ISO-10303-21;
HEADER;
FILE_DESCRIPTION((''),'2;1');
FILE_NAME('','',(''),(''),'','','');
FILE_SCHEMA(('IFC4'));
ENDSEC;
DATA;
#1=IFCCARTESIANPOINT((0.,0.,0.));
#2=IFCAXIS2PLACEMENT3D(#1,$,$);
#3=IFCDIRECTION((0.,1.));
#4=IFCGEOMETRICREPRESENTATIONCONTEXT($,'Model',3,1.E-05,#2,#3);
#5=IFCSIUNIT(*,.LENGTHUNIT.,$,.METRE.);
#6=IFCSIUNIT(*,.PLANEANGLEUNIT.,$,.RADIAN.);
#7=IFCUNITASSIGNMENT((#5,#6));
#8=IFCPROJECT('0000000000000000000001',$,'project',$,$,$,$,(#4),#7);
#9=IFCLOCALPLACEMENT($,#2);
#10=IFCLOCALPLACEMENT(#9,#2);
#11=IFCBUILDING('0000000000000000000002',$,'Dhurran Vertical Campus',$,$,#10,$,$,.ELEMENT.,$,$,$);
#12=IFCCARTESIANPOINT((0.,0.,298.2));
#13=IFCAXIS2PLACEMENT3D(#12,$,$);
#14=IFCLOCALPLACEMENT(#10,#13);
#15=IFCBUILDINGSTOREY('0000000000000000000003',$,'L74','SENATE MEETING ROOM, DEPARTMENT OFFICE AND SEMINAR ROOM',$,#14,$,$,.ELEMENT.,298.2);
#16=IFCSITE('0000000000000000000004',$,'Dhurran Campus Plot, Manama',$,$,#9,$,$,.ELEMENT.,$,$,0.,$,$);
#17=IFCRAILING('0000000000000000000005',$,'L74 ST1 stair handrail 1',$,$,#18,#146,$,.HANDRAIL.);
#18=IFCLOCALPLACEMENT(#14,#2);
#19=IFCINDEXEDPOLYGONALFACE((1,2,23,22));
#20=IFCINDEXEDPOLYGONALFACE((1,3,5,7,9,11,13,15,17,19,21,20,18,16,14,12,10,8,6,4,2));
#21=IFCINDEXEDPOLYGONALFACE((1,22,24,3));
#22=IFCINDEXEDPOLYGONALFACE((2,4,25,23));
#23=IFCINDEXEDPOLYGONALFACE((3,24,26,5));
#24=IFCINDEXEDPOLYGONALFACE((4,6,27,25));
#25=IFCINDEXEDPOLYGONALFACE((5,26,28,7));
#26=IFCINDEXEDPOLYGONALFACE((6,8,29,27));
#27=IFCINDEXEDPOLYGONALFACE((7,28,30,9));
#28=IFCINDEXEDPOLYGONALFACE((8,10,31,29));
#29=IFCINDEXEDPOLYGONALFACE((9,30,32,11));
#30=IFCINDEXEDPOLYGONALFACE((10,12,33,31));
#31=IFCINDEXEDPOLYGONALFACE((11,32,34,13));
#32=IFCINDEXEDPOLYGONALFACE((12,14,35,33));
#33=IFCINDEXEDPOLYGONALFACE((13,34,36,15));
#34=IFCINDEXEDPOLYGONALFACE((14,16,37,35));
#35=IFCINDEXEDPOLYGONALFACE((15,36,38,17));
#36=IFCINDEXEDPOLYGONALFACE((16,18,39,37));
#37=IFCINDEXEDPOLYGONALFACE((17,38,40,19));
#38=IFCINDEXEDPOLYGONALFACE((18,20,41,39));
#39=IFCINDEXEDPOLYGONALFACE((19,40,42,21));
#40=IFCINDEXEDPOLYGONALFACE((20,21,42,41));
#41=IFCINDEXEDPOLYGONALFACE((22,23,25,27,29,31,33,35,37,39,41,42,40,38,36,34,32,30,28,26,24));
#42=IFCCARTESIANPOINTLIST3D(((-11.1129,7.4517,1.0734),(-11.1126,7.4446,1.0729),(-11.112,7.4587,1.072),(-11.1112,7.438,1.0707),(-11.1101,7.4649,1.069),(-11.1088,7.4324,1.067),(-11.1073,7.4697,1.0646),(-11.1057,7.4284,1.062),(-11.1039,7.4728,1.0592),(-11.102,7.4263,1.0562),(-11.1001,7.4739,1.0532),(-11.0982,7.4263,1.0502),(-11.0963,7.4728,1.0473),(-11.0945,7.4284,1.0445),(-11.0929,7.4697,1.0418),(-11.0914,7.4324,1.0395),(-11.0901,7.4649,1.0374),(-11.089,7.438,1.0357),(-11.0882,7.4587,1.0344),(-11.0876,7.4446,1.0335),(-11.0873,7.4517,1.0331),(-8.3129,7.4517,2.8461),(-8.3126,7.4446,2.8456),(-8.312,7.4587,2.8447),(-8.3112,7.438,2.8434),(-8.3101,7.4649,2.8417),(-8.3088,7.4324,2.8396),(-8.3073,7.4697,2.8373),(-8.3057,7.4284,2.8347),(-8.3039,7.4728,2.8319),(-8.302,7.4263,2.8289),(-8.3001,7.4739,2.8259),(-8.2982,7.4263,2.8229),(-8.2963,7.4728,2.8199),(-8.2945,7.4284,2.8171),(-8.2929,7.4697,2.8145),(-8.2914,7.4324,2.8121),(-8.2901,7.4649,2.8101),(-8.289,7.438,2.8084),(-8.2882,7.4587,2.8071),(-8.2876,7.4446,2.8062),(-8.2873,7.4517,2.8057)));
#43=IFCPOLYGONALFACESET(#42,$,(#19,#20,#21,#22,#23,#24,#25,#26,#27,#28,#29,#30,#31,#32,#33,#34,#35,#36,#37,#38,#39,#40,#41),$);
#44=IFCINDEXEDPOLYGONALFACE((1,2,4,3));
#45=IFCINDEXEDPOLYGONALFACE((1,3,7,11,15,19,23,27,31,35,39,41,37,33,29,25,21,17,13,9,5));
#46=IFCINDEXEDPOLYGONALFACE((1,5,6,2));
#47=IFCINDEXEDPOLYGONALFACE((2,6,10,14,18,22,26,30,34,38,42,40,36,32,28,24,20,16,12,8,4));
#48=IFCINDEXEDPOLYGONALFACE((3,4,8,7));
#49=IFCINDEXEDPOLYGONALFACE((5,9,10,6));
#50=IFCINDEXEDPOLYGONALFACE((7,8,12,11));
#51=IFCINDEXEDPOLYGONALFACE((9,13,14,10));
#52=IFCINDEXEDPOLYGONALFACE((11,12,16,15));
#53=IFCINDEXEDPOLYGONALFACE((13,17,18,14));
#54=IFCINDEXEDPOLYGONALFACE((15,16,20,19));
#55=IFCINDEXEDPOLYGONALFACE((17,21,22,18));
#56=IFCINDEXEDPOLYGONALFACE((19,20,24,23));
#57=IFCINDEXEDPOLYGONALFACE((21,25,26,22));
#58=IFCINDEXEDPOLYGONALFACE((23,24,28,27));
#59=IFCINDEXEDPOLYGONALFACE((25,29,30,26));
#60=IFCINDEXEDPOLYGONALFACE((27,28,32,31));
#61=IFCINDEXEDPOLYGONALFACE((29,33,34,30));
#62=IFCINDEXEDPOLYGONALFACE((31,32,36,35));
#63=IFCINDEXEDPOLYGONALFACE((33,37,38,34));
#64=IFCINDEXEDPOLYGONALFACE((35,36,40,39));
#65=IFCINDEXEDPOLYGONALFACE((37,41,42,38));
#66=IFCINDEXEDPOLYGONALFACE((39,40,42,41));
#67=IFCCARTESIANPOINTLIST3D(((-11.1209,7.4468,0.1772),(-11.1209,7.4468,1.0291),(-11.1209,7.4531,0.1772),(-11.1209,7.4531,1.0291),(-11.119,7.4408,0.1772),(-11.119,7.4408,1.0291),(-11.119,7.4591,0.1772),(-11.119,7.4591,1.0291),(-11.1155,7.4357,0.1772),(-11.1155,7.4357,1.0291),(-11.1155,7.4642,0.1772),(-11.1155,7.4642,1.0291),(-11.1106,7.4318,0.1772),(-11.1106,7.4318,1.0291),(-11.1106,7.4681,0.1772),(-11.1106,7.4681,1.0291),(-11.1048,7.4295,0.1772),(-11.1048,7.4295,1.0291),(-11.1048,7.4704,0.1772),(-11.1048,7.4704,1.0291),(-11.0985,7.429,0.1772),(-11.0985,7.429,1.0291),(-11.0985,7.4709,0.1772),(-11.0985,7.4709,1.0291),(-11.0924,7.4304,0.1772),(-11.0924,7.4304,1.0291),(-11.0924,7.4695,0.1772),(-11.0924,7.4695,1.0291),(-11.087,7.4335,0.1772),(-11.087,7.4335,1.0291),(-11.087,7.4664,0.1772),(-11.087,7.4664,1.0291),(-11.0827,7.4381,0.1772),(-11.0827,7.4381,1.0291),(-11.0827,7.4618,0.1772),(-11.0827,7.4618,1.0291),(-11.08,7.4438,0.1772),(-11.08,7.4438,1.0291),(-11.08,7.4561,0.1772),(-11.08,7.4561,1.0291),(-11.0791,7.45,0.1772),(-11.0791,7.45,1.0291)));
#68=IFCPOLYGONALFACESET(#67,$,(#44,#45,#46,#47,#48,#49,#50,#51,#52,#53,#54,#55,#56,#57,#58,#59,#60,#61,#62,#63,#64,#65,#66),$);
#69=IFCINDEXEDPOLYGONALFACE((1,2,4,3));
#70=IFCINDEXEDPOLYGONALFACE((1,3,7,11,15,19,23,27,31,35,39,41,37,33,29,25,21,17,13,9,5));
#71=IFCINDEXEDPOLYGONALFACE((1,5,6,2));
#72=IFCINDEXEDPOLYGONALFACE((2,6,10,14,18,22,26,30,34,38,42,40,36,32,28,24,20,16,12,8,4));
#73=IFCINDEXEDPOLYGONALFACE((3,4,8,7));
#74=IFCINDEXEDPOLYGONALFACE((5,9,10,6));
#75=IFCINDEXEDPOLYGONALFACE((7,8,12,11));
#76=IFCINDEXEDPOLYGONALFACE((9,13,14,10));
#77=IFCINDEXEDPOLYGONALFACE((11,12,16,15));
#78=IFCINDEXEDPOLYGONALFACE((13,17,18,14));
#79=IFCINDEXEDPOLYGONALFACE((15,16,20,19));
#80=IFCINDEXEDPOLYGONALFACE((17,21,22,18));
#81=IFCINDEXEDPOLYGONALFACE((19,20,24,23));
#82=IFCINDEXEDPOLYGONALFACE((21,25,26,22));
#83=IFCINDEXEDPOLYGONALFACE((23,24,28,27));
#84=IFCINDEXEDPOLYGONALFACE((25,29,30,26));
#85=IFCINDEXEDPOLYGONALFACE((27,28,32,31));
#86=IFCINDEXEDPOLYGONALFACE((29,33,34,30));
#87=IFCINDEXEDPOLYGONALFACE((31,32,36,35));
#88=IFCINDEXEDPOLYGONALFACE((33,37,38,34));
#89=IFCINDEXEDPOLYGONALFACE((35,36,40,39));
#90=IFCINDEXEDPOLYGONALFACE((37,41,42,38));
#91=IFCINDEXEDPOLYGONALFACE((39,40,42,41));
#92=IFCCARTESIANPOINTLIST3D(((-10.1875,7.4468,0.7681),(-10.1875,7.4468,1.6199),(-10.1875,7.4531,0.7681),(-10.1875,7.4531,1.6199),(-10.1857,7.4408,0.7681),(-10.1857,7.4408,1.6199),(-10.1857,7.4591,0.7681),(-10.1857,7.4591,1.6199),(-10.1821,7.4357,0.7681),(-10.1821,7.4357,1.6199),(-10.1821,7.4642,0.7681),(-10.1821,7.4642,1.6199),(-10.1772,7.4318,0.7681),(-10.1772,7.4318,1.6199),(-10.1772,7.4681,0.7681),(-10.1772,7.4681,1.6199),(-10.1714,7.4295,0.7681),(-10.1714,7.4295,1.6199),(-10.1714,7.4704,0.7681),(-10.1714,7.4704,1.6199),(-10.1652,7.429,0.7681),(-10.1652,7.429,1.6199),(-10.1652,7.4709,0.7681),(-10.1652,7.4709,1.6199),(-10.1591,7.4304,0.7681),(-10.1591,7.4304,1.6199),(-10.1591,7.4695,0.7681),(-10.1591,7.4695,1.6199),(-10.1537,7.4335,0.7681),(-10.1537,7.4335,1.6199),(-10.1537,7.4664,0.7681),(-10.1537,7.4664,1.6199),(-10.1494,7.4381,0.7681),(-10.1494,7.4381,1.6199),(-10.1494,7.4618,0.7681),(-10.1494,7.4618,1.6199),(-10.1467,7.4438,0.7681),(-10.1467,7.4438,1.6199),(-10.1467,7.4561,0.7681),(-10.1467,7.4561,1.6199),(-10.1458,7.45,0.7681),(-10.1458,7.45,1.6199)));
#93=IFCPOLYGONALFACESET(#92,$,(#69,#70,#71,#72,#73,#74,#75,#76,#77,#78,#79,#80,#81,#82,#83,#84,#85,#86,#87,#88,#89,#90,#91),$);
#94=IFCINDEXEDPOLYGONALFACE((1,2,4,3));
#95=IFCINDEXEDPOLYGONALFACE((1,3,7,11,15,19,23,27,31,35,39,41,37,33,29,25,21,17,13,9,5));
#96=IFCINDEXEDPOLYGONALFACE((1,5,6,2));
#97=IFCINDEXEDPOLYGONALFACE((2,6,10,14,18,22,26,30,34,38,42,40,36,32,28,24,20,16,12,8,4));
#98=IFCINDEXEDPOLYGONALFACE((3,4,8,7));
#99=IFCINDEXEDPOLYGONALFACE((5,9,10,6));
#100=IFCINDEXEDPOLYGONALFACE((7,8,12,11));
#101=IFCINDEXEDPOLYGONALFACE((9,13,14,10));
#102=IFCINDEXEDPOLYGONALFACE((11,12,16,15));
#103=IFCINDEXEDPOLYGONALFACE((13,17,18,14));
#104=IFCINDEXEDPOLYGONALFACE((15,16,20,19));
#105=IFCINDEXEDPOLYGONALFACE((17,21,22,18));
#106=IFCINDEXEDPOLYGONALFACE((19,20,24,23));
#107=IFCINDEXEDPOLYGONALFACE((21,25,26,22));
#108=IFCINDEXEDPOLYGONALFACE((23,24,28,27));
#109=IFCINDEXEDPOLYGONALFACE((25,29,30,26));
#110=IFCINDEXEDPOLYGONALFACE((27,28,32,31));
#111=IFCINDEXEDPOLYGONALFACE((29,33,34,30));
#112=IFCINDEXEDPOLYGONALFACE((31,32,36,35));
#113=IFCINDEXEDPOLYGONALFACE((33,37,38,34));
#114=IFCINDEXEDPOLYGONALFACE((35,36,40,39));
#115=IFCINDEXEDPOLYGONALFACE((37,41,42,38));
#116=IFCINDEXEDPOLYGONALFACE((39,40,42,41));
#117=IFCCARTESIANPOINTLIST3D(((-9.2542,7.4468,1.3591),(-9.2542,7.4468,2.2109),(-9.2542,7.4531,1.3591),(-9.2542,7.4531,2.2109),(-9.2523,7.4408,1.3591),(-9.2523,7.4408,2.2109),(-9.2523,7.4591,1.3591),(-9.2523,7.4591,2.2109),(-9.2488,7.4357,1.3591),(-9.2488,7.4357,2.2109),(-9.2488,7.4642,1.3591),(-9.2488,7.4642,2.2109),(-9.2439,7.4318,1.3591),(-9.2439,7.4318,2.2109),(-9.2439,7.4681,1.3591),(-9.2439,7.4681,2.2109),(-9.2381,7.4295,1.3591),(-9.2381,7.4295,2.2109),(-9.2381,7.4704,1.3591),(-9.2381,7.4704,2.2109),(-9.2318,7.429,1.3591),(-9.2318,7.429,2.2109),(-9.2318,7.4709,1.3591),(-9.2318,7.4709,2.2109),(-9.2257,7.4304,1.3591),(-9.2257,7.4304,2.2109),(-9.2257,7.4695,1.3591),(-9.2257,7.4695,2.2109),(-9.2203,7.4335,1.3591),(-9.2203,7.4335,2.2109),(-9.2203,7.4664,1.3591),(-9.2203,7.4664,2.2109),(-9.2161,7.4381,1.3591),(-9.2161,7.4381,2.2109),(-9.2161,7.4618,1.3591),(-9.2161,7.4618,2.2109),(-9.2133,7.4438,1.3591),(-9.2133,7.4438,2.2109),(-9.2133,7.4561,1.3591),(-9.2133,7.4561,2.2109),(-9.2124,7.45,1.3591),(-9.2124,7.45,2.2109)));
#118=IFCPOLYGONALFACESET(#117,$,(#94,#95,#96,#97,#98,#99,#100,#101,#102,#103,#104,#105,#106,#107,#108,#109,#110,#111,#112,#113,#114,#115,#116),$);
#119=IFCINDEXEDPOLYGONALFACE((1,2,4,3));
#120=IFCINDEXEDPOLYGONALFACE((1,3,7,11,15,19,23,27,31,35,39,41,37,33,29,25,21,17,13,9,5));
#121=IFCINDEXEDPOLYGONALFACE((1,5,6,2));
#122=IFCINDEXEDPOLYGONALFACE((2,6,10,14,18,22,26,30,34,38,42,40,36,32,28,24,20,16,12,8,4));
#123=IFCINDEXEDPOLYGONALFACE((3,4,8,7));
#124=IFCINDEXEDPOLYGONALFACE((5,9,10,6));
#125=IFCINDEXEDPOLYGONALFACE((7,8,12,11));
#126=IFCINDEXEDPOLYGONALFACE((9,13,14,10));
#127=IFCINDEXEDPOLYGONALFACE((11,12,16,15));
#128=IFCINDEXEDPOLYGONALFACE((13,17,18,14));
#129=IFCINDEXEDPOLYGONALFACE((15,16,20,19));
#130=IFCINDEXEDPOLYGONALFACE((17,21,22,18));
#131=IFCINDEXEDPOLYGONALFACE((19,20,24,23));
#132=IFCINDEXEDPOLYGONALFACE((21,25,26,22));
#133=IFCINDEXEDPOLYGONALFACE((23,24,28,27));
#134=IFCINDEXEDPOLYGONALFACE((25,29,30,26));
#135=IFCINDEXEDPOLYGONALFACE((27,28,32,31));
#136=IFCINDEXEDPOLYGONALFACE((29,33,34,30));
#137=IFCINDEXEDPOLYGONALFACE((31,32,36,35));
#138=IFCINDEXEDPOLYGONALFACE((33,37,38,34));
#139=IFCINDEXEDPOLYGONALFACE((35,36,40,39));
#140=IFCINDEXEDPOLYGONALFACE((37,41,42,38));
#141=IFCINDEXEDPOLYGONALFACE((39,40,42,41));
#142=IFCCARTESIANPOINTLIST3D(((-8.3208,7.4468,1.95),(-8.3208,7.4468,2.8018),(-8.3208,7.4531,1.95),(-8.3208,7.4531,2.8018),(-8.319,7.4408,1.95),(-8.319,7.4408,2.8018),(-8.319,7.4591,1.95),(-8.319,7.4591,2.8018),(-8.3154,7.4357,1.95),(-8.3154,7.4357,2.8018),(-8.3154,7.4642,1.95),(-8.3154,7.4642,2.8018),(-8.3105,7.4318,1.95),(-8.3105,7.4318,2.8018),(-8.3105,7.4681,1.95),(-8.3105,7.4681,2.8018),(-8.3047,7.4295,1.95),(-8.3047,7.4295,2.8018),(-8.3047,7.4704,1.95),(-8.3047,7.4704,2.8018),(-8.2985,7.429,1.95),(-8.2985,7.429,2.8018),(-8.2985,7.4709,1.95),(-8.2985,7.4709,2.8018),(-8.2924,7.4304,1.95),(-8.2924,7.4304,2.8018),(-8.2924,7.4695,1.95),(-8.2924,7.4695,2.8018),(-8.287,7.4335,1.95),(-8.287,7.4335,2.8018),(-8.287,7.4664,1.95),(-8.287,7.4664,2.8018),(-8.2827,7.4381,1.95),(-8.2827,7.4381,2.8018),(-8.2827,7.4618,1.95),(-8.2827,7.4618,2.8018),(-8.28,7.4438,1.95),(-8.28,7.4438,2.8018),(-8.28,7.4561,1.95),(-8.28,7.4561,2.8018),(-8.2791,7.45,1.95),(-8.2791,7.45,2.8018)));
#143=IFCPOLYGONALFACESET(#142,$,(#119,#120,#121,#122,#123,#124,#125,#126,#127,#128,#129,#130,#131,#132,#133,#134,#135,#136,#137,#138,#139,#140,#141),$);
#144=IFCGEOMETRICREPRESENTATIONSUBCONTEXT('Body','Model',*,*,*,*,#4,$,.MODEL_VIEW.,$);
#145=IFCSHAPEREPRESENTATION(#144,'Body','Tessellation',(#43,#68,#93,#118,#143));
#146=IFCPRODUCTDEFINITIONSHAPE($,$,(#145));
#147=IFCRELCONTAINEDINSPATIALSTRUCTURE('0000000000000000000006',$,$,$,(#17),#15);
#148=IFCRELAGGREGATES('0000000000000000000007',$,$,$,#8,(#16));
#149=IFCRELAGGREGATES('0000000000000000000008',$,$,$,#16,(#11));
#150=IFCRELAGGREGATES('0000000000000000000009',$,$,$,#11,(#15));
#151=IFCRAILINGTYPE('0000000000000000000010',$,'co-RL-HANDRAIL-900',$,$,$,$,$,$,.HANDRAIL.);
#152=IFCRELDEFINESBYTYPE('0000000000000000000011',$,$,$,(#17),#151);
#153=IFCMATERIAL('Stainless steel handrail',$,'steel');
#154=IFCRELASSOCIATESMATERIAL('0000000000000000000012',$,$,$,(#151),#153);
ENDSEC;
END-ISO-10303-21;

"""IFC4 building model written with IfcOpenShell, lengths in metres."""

from ifc_helpers import new_model, si_unit, direction, frame, origin, origin_2d, place, context, subcontext, project, spatial, circle, extrude, material, type_object, element, save


model = new_model("IFC4")

# Units and contexts
model_context = context("Model", 3, precision=1e-05, world=origin(), true_north=direction((0.0, 1.0)))
body_context = subcontext(model_context, "Body", "Model", "MODEL_VIEW")
ifc_project = project(units=[si_unit("LENGTHUNIT", "METRE"), si_unit("PLANEANGLEUNIT", "RADIAN")], contexts=[model_context])

# Site, building, storey
site_placement = place(None, origin())
site = spatial("IfcSite", under=ifc_project, at=site_placement, Name="Dhurran Campus Plot, Manama", CompositionType="ELEMENT", RefElevation=0.0)
building_placement = place(site_placement, origin())
building = spatial("IfcBuilding", under=site, at=building_placement, Name="Dhurran Vertical Campus", CompositionType="ELEMENT")
storey_placement = place(building_placement, frame((0.0, 0.0, 298.2)))
storey = spatial("IfcBuildingStorey", under=building, at=storey_placement, Name="L74", Description="SENATE MEETING ROOM, DEPARTMENT OFFICE AND SEMINAR ROOM", CompositionType="ELEMENT", Elevation=298.2)

# Railing
ifc_material_1 = material(Name="Stainless steel handrail", Category="steel")
railing_type_1 = type_object("IfcRailingType", Name="co-RL-HANDRAIL-900", PredefinedType="HANDRAIL", material=ifc_material_1)
railing_1_placement = place(storey_placement, frame((-11.1001, 7.45, 0.1772)))
element("IfcRailing", 1, at=railing_1_placement, inside=storey, type_object=railing_type_1, Name="L74 ST1 stair handrail 1", PredefinedType="HANDRAIL", context=body_context, shape_type="SweptSolid", body=[
    extrude(circle(Radius=0.0239, at=origin_2d()), frame((0.0, 0.0, 0.876), z_axis=(0.844909, 0.0, 0.53491), x_axis=(0.0, 1.0, 0.0)), (0.0, 0.0, 1.0), 3.314),
    extrude(circle(Radius=0.021, at=origin_2d()), origin(), (0.0, 0.0, 1.0), 0.8518),
    extrude(circle(Radius=0.021, at=origin_2d()), frame((0.9333, 0.0, 0.5908)), (0.0, 0.0, 1.0), 0.8518),
    extrude(circle(Radius=0.021, at=origin_2d()), frame((1.8667, 0.0, 1.1819)), (0.0, 0.0, 1.0), 0.8518),
    extrude(circle(Radius=0.021, at=origin_2d()), frame((2.8, 0.0, 1.7727)), (0.0, 0.0, 1.0), 0.8518),
])

save(model, "model.ifc")
